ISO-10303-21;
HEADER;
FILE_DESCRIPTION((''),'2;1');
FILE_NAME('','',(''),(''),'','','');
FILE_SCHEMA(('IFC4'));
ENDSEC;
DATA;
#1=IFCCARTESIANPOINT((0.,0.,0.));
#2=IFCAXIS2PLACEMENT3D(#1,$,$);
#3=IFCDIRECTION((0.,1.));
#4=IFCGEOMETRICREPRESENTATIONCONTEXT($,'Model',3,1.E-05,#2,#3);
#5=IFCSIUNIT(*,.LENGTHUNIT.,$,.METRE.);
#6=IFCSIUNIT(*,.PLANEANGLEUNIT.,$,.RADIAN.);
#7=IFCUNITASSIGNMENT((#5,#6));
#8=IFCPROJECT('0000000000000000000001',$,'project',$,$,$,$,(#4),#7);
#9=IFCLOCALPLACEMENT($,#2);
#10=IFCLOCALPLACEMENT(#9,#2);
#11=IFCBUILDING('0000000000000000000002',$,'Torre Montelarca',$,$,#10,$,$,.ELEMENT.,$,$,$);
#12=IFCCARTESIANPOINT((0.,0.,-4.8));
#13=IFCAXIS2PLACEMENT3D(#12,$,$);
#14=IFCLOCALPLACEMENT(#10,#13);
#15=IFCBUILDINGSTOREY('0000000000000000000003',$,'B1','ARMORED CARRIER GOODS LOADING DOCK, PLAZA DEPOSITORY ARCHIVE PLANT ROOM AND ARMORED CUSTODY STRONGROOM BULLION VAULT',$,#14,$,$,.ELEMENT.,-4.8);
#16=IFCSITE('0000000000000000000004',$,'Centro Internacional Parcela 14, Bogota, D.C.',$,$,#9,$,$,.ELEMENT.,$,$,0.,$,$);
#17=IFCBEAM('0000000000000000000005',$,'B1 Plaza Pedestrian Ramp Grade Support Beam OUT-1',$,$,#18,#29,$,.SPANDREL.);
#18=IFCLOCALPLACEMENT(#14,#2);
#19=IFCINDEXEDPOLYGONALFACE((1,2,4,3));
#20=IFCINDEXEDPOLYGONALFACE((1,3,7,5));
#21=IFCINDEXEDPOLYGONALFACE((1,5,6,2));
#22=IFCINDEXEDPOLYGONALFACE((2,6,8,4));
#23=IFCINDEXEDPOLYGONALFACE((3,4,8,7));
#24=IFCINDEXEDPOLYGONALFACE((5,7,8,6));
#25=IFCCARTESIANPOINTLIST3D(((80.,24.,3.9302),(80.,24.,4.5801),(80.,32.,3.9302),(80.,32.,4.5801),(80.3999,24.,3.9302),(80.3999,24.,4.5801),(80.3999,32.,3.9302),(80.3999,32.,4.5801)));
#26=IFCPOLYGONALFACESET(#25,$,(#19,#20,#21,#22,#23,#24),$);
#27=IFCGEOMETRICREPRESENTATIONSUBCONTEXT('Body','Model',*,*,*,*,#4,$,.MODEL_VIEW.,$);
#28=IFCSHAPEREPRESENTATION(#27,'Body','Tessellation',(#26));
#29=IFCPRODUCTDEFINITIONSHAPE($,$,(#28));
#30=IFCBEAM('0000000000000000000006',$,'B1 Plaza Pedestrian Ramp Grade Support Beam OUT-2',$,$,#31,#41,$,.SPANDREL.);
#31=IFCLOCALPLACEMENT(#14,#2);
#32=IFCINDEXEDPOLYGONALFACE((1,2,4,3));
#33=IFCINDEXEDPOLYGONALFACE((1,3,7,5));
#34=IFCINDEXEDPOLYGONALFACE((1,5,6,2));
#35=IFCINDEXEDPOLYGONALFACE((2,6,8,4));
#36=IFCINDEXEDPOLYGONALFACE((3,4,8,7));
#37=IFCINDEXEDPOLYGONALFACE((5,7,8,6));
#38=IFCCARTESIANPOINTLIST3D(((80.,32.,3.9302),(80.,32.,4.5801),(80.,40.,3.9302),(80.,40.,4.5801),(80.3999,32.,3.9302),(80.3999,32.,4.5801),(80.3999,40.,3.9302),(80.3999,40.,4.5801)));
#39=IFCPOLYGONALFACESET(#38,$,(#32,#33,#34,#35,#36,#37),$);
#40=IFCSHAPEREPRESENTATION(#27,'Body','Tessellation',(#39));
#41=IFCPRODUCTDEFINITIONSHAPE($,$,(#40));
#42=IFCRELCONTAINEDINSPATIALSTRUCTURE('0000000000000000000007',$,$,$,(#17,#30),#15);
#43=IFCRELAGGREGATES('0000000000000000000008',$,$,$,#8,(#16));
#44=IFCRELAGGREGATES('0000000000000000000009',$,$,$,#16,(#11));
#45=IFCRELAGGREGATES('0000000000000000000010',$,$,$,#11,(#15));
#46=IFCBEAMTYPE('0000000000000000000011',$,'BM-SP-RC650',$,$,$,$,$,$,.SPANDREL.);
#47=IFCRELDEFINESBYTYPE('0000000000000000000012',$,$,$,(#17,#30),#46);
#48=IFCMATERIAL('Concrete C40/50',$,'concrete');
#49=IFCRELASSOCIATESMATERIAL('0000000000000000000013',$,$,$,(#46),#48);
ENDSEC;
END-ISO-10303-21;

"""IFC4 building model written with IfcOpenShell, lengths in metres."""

from ifc_helpers import new_model, si_unit, direction, frame, origin, origin_2d, place, context, subcontext, project, spatial, rectangle, extrude, source, transform, mapped, material, material_profile, profile_set, type_object, element, save


model = new_model("IFC4")

# Units and contexts
model_context = context("Model", 3, precision=1e-05, world=origin(), true_north=direction((0.0, 1.0)))
body_context = subcontext(model_context, "Body", "Model", "MODEL_VIEW")
ifc_project = project(units=[si_unit("LENGTHUNIT", "METRE"), si_unit("PLANEANGLEUNIT", "RADIAN")], contexts=[model_context])

# Site, building, storey
site_placement = place(None, origin())
site = spatial("IfcSite", under=ifc_project, at=site_placement, Name="Centro Internacional Parcela 14, Bogota, D.C.", CompositionType="ELEMENT", RefElevation=0.0)
building_placement = place(site_placement, origin())
building = spatial("IfcBuilding", under=site, at=building_placement, Name="Torre Montelarca", CompositionType="ELEMENT")
storey_placement = place(building_placement, frame((0.0, 0.0, -4.8)))
storey = spatial("IfcBuildingStorey", under=building, at=storey_placement, Name="B1", Description="ARMORED CARRIER GOODS LOADING DOCK, PLAZA DEPOSITORY ARCHIVE PLANT ROOM AND ARMORED CUSTODY STRONGROOM BULLION VAULT", CompositionType="ELEMENT", Elevation=-4.8)

# Beams
ifc_material_1 = material(Name="Concrete C40/50", Category="concrete")
ifc_material_profile_1 = material_profile(ifc_material_1, rectangle(XDim=0.3999, YDim=0.6499, at=origin_2d()), Name="RCB400X650", Category="concrete")
ifc_profile_set_1 = profile_set([ifc_material_profile_1], Name="Concrete C40/50")
beam_type_1 = type_object("IfcBeamType", Name="BM-SP-RC650", PredefinedType="SPANDREL", material=ifc_profile_set_1)
shared_shape_1 = source(origin(), body_context, "Body", "SweptSolid", [
    extrude(rectangle(XDim=0.3999, YDim=0.6499, at=origin_2d()), origin(), (0.0, 0.0, 1.0), 8.0),
])
for number, where, z_axis, x_axis, name in (
    (1, (80.2, 24.0, 4.2551), (0.0, 1.0, 0.0), (-1.0, 0.0, 0.0), "B1 Plaza Pedestrian Ramp Grade Support Beam OUT-1"),
    (2, (80.2, 32.0, 4.2551), (0.0, 1.0, 0.0), (-1.0, 0.0, 0.0), "B1 Plaza Pedestrian Ramp Grade Support Beam OUT-2"),
):
    element("IfcBeam", number, at=place(storey_placement, frame(where, z_axis=z_axis, x_axis=x_axis)), inside=storey, type_object=beam_type_1, Name=name, PredefinedType="SPANDREL", context=body_context, shape_type="MappedRepresentation", body=[
        mapped(shared_shape_1, transform((0.0, 0.0, 0.0), scale=1.0)),
    ])

save(model, "model.ifc")
